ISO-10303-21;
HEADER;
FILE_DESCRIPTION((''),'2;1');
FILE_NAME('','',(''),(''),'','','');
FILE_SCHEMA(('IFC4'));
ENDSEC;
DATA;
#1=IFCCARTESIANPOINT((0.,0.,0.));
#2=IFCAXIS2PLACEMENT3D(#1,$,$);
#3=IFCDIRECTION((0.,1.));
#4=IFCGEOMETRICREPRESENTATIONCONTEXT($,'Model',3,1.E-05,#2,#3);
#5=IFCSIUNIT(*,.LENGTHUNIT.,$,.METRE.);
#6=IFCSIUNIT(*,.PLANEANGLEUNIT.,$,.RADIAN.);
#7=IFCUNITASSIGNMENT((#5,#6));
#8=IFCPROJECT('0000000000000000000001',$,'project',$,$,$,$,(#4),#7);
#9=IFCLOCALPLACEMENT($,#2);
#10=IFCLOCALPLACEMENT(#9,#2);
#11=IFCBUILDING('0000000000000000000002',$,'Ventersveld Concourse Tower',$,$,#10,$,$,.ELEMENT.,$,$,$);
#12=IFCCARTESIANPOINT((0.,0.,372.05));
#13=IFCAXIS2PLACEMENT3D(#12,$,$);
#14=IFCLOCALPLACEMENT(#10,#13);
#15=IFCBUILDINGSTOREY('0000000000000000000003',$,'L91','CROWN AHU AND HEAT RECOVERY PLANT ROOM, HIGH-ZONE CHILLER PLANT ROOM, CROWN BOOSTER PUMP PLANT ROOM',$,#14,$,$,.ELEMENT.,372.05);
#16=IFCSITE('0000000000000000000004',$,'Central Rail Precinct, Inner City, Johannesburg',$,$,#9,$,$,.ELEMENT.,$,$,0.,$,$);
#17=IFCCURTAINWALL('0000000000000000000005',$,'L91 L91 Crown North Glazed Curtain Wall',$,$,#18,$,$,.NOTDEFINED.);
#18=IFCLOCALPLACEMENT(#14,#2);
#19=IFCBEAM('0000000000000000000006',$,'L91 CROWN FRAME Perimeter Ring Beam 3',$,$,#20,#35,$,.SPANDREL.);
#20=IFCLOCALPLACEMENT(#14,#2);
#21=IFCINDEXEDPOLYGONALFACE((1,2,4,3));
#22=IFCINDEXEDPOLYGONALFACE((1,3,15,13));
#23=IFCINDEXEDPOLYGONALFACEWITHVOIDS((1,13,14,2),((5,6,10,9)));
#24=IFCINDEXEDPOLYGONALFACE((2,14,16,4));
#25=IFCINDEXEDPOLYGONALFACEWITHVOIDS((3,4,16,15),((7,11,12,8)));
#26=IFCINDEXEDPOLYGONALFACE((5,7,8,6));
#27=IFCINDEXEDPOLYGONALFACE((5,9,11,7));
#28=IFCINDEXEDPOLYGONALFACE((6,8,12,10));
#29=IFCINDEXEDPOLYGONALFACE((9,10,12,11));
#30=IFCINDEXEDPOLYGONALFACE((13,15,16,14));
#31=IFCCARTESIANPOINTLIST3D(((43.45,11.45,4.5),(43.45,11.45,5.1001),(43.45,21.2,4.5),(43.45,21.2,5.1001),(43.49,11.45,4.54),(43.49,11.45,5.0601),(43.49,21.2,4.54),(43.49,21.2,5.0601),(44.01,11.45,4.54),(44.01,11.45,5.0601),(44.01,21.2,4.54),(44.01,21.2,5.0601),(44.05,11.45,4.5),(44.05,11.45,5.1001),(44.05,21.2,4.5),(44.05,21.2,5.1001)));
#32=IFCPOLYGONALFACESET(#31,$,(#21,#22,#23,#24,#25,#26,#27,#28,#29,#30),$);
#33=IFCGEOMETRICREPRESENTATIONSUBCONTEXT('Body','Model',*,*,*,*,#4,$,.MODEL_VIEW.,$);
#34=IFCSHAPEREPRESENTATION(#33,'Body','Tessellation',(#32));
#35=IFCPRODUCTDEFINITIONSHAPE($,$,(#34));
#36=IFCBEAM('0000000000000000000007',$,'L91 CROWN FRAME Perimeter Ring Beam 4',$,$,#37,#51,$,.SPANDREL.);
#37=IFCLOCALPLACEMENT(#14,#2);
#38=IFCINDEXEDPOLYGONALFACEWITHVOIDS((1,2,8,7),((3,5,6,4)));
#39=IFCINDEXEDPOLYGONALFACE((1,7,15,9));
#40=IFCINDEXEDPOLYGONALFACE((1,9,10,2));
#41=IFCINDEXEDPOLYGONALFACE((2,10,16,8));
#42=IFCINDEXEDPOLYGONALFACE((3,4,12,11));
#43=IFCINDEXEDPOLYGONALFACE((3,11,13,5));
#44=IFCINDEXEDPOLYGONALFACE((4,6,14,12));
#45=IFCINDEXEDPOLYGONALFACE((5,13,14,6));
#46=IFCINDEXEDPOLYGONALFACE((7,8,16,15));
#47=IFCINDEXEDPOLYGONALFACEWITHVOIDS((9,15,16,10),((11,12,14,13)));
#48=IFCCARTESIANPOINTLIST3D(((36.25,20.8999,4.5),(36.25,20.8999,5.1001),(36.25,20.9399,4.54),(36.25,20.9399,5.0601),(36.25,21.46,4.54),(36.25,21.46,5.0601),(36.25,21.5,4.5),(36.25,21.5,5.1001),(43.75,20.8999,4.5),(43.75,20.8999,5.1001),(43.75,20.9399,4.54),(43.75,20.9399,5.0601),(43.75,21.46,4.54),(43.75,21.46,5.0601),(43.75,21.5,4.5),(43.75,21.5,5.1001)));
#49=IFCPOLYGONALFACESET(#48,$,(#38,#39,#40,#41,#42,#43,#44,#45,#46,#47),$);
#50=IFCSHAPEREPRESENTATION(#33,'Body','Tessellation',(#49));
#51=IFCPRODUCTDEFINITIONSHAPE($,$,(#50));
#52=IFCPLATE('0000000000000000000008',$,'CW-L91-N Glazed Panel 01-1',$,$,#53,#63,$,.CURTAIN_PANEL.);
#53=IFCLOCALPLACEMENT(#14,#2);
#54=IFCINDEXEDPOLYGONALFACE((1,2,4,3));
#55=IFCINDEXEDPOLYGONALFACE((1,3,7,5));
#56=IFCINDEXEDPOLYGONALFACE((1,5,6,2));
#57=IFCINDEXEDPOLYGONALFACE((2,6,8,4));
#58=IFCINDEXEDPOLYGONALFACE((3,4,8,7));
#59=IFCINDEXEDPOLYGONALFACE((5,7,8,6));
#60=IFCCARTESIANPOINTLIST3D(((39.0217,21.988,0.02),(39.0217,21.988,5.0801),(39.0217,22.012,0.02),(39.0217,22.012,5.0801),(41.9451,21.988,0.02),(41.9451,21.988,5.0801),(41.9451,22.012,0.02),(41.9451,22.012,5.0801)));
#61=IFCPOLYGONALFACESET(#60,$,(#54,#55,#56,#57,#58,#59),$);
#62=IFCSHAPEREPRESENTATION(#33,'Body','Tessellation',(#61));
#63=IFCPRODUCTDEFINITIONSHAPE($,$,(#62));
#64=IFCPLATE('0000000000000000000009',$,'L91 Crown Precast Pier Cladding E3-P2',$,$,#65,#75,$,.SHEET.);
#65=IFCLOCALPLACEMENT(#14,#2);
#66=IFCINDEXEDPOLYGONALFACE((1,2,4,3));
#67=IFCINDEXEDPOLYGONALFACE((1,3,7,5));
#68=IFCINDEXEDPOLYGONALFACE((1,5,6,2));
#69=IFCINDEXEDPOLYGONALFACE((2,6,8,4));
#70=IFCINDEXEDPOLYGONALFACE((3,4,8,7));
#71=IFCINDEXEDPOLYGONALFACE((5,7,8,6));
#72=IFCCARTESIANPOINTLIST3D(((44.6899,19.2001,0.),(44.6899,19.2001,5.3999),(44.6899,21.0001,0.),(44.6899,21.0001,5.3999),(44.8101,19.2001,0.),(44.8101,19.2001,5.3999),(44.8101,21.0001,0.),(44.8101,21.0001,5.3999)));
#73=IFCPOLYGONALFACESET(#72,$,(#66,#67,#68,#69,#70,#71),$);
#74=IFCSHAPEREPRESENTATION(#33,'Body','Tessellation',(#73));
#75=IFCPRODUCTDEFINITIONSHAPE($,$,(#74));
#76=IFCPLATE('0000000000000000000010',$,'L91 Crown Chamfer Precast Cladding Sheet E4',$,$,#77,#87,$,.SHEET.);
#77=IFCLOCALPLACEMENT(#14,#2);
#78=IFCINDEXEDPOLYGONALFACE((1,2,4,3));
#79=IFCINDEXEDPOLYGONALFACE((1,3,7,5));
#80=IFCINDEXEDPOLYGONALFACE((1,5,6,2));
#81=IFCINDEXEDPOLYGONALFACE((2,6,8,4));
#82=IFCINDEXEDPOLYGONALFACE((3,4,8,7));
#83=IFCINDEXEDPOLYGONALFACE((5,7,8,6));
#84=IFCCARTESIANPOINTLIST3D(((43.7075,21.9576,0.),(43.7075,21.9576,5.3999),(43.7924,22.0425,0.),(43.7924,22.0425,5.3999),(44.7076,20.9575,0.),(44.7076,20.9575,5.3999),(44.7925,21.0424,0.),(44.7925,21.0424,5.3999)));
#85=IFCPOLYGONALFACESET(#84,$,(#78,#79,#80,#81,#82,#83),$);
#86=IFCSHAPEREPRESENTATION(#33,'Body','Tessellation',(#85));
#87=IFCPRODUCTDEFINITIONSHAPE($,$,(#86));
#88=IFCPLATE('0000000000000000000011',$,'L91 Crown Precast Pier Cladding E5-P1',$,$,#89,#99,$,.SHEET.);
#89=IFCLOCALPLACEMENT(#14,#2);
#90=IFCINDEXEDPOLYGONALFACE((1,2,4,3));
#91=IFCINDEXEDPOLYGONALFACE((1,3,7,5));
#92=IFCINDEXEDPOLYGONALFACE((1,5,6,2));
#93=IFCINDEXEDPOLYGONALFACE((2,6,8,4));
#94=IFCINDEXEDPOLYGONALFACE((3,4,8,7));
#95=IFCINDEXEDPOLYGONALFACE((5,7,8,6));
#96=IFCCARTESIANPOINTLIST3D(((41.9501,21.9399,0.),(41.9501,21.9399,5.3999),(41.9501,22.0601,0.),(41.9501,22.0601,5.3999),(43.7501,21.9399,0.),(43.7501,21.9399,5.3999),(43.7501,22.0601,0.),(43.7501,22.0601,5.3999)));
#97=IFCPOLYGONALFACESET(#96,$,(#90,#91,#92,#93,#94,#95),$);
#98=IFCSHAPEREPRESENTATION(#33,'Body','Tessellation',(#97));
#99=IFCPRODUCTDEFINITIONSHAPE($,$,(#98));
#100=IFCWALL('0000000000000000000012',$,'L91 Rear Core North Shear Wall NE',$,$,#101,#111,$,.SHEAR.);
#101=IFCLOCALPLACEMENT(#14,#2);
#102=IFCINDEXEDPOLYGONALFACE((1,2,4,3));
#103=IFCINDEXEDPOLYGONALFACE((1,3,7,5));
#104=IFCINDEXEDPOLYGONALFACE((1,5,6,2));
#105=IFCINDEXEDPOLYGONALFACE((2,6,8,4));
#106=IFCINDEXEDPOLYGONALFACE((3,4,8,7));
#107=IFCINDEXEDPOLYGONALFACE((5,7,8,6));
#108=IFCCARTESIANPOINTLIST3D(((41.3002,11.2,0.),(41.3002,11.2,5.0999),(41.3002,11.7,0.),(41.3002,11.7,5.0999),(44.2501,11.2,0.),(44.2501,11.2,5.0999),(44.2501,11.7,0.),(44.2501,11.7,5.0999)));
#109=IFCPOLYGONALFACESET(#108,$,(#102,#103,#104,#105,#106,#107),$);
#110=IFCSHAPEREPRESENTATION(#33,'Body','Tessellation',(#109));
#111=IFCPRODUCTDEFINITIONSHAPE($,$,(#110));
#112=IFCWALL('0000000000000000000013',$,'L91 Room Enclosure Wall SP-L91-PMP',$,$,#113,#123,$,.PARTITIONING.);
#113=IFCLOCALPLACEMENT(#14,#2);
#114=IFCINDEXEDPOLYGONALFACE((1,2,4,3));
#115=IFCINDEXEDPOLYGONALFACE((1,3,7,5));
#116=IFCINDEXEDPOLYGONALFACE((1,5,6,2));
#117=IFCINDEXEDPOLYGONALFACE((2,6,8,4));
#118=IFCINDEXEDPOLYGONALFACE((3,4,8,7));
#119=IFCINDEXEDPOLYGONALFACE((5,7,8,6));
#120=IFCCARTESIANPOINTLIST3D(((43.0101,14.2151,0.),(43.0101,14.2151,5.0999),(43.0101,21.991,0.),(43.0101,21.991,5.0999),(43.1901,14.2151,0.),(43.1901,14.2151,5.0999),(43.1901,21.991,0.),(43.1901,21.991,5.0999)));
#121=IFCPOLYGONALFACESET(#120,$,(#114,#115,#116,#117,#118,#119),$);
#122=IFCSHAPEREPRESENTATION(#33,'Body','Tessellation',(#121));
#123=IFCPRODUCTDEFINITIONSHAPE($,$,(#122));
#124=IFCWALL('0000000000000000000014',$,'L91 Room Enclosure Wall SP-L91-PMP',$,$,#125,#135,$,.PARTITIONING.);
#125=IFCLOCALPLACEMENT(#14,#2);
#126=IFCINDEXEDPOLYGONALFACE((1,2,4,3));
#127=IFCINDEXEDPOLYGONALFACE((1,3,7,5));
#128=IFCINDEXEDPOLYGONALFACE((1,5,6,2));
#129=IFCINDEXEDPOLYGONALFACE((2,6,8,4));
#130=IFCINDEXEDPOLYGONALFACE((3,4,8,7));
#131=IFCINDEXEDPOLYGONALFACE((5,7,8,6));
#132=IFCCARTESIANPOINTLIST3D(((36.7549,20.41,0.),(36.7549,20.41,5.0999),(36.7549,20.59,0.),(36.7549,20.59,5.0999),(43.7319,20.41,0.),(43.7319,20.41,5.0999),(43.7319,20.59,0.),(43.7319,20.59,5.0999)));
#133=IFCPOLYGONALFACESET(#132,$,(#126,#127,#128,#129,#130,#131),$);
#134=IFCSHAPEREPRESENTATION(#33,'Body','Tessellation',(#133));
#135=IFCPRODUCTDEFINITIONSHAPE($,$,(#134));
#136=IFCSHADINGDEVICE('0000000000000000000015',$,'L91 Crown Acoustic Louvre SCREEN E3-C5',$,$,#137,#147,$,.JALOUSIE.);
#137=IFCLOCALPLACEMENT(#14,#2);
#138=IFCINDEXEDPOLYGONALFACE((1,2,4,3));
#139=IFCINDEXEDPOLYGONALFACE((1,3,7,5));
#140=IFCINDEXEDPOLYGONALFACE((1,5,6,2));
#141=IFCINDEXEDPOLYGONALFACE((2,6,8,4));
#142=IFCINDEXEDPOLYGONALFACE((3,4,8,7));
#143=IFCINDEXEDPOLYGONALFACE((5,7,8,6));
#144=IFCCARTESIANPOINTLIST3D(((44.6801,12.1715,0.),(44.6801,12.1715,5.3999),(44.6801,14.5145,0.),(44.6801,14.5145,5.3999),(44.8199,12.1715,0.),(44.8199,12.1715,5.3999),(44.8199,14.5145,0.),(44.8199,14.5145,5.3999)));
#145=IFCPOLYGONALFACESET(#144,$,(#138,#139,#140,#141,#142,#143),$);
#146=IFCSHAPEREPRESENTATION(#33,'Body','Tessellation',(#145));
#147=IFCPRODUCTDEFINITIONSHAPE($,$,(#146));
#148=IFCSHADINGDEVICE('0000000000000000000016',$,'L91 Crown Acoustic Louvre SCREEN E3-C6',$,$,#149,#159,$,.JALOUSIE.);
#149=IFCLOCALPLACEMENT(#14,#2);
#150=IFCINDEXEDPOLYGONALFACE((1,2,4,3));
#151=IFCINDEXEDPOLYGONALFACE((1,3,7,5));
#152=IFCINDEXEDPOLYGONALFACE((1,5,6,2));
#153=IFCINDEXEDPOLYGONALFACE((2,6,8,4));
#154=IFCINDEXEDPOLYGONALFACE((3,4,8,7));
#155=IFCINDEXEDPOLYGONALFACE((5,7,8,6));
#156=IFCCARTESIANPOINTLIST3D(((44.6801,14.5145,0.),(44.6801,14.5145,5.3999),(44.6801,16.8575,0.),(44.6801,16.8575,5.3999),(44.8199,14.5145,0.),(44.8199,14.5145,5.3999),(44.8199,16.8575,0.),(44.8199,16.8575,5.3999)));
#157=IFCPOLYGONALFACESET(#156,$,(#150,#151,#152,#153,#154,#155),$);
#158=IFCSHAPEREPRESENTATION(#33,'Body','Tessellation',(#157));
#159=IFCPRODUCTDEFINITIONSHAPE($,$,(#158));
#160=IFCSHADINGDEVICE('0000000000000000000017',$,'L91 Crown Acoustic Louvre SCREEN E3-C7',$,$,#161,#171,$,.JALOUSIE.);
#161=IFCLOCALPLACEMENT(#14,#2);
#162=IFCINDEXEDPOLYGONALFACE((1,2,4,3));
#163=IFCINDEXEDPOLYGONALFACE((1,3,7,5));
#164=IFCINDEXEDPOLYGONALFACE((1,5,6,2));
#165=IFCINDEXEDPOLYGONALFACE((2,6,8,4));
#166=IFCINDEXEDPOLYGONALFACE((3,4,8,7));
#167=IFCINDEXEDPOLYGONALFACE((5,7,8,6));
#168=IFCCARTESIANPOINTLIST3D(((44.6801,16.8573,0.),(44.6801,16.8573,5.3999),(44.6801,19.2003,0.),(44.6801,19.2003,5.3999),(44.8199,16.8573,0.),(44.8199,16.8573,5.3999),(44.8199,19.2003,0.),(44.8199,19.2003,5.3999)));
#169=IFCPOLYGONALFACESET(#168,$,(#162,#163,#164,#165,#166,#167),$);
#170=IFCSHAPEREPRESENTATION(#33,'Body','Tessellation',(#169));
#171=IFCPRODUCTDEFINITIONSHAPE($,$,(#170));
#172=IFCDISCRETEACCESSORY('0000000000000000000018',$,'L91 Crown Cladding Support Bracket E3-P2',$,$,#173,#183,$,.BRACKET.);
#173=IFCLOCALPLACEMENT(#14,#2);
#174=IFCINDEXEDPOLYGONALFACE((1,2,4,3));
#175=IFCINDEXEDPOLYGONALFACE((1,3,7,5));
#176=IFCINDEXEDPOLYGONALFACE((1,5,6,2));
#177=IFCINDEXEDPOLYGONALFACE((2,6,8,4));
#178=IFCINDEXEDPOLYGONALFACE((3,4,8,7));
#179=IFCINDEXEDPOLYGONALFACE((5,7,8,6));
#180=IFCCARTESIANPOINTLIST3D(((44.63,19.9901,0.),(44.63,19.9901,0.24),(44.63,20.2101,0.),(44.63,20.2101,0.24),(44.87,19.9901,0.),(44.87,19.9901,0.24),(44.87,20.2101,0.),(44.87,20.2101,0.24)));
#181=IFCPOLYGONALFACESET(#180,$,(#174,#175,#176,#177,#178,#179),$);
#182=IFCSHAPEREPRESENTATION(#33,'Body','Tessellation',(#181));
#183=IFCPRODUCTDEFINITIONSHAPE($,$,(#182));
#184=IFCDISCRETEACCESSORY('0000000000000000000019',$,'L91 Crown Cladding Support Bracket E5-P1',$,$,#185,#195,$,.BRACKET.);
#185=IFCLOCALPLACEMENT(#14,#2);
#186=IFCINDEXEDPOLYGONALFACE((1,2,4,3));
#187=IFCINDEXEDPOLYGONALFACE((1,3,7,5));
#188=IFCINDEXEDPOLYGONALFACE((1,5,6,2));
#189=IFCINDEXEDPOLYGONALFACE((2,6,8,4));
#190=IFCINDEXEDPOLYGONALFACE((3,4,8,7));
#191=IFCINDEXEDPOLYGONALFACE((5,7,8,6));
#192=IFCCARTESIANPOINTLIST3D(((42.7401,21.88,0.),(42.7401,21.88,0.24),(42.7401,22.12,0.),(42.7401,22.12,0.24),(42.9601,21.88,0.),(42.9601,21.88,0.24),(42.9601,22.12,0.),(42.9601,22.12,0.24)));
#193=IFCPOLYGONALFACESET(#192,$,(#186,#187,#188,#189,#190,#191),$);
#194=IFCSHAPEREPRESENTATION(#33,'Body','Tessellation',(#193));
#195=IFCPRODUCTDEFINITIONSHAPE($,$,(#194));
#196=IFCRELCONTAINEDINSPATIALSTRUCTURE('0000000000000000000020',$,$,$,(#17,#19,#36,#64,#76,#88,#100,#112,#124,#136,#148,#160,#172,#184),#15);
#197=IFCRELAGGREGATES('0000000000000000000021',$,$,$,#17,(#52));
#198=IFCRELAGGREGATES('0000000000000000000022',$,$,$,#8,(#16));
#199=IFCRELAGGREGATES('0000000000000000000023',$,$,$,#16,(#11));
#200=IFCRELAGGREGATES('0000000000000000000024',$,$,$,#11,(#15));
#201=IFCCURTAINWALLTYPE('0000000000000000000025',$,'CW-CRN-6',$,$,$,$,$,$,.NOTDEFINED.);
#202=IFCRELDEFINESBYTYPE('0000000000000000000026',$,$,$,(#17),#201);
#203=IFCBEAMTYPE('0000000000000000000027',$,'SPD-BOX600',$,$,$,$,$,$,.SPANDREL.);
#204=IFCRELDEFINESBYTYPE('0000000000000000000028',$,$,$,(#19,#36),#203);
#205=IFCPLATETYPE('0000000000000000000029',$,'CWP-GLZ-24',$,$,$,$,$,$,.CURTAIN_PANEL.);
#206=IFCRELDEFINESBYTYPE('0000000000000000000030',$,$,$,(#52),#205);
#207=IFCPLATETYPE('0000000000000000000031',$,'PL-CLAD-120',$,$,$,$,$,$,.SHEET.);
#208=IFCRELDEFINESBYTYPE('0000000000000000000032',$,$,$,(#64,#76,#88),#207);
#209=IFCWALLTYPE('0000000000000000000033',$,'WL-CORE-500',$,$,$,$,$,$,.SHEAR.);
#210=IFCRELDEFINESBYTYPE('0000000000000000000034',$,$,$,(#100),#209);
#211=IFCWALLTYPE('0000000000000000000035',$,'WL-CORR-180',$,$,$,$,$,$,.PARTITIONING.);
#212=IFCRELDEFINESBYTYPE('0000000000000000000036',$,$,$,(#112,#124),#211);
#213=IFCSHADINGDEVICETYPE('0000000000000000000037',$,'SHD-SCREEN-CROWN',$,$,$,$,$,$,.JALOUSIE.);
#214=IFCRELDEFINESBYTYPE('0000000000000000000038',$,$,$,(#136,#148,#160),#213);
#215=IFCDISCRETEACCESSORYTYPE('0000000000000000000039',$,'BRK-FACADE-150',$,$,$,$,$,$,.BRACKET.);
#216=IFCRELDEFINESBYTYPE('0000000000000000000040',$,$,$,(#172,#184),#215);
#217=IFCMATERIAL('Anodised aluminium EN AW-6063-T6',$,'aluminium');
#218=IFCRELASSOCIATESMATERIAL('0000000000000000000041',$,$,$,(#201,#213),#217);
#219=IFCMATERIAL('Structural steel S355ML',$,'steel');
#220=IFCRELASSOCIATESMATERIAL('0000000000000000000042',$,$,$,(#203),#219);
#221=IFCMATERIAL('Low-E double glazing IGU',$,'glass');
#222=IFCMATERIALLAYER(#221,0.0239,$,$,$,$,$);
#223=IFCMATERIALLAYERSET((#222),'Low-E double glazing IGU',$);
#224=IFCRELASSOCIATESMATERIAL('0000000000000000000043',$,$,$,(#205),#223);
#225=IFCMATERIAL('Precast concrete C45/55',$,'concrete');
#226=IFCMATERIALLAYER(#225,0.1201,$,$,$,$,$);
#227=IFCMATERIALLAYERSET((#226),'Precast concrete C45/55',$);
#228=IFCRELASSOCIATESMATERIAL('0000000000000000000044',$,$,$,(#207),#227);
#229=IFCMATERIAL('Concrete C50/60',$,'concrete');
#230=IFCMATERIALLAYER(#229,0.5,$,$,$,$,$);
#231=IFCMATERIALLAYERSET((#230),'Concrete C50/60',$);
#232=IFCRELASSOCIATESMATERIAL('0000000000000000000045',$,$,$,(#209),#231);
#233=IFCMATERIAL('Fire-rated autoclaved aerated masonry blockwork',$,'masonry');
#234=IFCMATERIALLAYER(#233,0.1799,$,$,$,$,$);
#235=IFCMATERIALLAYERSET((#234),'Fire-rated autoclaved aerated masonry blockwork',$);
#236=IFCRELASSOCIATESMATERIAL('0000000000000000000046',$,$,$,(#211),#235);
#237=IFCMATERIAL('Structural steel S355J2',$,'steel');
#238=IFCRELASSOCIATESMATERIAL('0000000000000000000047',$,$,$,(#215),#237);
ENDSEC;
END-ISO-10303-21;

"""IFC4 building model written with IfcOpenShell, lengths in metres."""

from ifc_helpers import new_model, si_unit, direction, frame, frame_2d, origin, origin_2d, place, context, subcontext, project, spatial, rectangle, hollow_rectangle, extrude, material, layer, layer_set, material_profile, profile_set, type_object, element, aggregate, save


model = new_model("IFC4")

# Units and contexts
model_context = context("Model", 3, precision=1e-05, world=origin(), true_north=direction((0.0, 1.0)))
body_context = subcontext(model_context, "Body", "Model", "MODEL_VIEW")
ifc_project = project(units=[si_unit("LENGTHUNIT", "METRE"), si_unit("PLANEANGLEUNIT", "RADIAN")], contexts=[model_context])

# Site, building, storey
site_placement = place(None, origin())
site = spatial("IfcSite", under=ifc_project, at=site_placement, Name="Central Rail Precinct, Inner City, Johannesburg", CompositionType="ELEMENT", RefElevation=0.0)
building_placement = place(site_placement, origin())
building = spatial("IfcBuilding", under=site, at=building_placement, Name="Ventersveld Concourse Tower", CompositionType="ELEMENT")
storey_placement = place(building_placement, frame((0.0, 0.0, 372.05)))
storey = spatial("IfcBuildingStorey", under=building, at=storey_placement, Name="L91", Description="CROWN AHU AND HEAT RECOVERY PLANT ROOM, HIGH-ZONE CHILLER PLANT ROOM, CROWN BOOSTER PUMP PLANT ROOM", CompositionType="ELEMENT", Elevation=372.05)

# Shared definitions
ifc_material_1 = material(Name="Structural steel S355ML", Category="steel")

# Curtain wall
ifc_material_2 = material(Name="Anodised aluminium EN AW-6063-T6", Category="aluminium")
curtain_wall_type = type_object("IfcCurtainWallType", Name="CW-CRN-6", PredefinedType="NOTDEFINED", material=ifc_material_2)
curtain_wall_placement = place(storey_placement, origin())
curtain_wall = element("IfcCurtainWall", 1, at=curtain_wall_placement, inside=storey, type_object=curtain_wall_type, Name="L91 L91 Crown North Glazed Curtain Wall", PredefinedType="NOTDEFINED")

# Beams
ifc_material_profile_1 = material_profile(ifc_material_1, hollow_rectangle(XDim=0.6001, YDim=0.6001, WallThickness=0.04, at=origin_2d()), Name="BOX 600x600x40")
ifc_profile_set_1 = profile_set([ifc_material_profile_1], Name="Structural steel S355ML")
beam_type = type_object("IfcBeamType", Name="SPD-BOX600", PredefinedType="SPANDREL", material=ifc_profile_set_1)
beam_1_placement = place(storey_placement, frame((43.75, 11.45, 4.8), z_axis=(0.0, 1.0, 0.0), x_axis=(-1.0, 0.0, 0.0)))
element("IfcBeam", 2, at=beam_1_placement, inside=storey, type_object=beam_type, Name="L91 CROWN FRAME Perimeter Ring Beam 3", PredefinedType="SPANDREL", context=body_context, shape_type="SweptSolid", body=[
    extrude(hollow_rectangle(XDim=0.6001, YDim=0.6001, WallThickness=0.04, at=origin_2d()), origin(), (0.0, 0.0, 1.0), 9.75),
])
beam_2_placement = place(storey_placement, frame((43.75, 21.2, 4.8), z_axis=(-1.0, 0.0, 0.0), x_axis=(0.0, -1.0, 0.0)))
element("IfcBeam", 3, at=beam_2_placement, inside=storey, type_object=beam_type, Name="L91 CROWN FRAME Perimeter Ring Beam 4", PredefinedType="SPANDREL", context=body_context, shape_type="SweptSolid", body=[
    extrude(hollow_rectangle(XDim=0.6001, YDim=0.6001, WallThickness=0.04, at=origin_2d()), origin(), (0.0, 0.0, 1.0), 7.5),
])

# Plate
ifc_material_3 = material(Name="Low-E double glazing IGU", Category="glass")
ifc_layer_1 = layer(ifc_material_3, 0.0239)
ifc_layer_set_1 = layer_set([ifc_layer_1], Name="Low-E double glazing IGU")
plate_type_1 = type_object("IfcPlateType", Name="CWP-GLZ-24", PredefinedType="CURTAIN_PANEL", material=ifc_layer_set_1)
plate_1_placement = place(storey_placement, frame((40.4834, 22.0, 0.02), z_axis=(0.0, 0.0, 1.0), x_axis=(-1.0, 0.0, 0.0)))
plate_1 = element("IfcPlate", 4, at=plate_1_placement, type_object=plate_type_1, Name="CW-L91-N Glazed Panel 01-1", PredefinedType="CURTAIN_PANEL", context=body_context, shape_type="SweptSolid", body=[
    extrude(rectangle(XDim=2.9233, YDim=0.0239, at=origin_2d()), origin(), (0.0, 0.0, 1.0), 5.0601),
])
aggregate(curtain_wall, [plate_1])

# Plates
ifc_material_4 = material(Name="Precast concrete C45/55", Category="concrete")
ifc_layer_2 = layer(ifc_material_4, 0.1201)
ifc_layer_set_2 = layer_set([ifc_layer_2], Name="Precast concrete C45/55")
plate_type_2 = type_object("IfcPlateType", Name="PL-CLAD-120", PredefinedType="SHEET", material=ifc_layer_set_2)
plate_2_placement = place(storey_placement, frame((44.75, 20.1001, 0.0), z_axis=(0.0, 0.0, 1.0), x_axis=(0.0, 1.0, 0.0)))
element("IfcPlate", 5, at=plate_2_placement, inside=storey, type_object=plate_type_2, Name="L91 Crown Precast Pier Cladding E3-P2", PredefinedType="SHEET", context=body_context, shape_type="SweptSolid", body=[
    extrude(rectangle(XDim=1.8, YDim=0.1201, at=origin_2d()), origin(), (0.0, 0.0, 1.0), 5.3999),
])
plate_3_placement = place(storey_placement, frame((44.25, 21.5, 0.0), z_axis=(0.0, 0.0, 1.0), x_axis=(-0.707107, 0.707107, 0.0)))
element("IfcPlate", 6, at=plate_3_placement, inside=storey, type_object=plate_type_2, Name="L91 Crown Chamfer Precast Cladding Sheet E4", PredefinedType="SHEET", context=body_context, shape_type="SweptSolid", body=[
    extrude(rectangle(XDim=1.4143, YDim=0.1201, at=origin_2d()), origin(), (0.0, 0.0, 1.0), 5.3999),
])
plate_4_placement = place(storey_placement, frame((42.8501, 22.0, 0.0), z_axis=(0.0, 0.0, 1.0), x_axis=(-1.0, 0.0, 0.0)))
element("IfcPlate", 7, at=plate_4_placement, inside=storey, type_object=plate_type_2, Name="L91 Crown Precast Pier Cladding E5-P1", PredefinedType="SHEET", context=body_context, shape_type="SweptSolid", body=[
    extrude(rectangle(XDim=1.8, YDim=0.1201, at=origin_2d()), origin(), (0.0, 0.0, 1.0), 5.3999),
])

# Walls
ifc_material_5 = material(Name="Concrete C50/60", Category="concrete")
ifc_layer_3 = layer(ifc_material_5, 0.5)
ifc_layer_set_3 = layer_set([ifc_layer_3], Name="Concrete C50/60")
wall_type_1 = type_object("IfcWallType", Name="WL-CORE-500", PredefinedType="SHEAR", material=ifc_layer_set_3)
wall_1_placement = place(storey_placement, frame((41.3, 11.45, 0.0), z_axis=(0.0, 0.0, 1.0), x_axis=(1.0, 0.0, 0.0)))
element("IfcWall", 8, at=wall_1_placement, inside=storey, type_object=wall_type_1, Name="L91 Rear Core North Shear Wall NE", PredefinedType="SHEAR", context=body_context, shape_type="SweptSolid", body=[
    extrude(rectangle(XDim=2.95, YDim=0.5, at=frame_2d((1.4751, 0.0))), origin(), (0.0, 0.0, 1.0), 5.0999),
])
ifc_material_6 = material(Name="Fire-rated autoclaved aerated masonry blockwork", Category="masonry")
ifc_layer_4 = layer(ifc_material_6, 0.1799)
ifc_layer_set_4 = layer_set([ifc_layer_4], Name="Fire-rated autoclaved aerated masonry blockwork")
wall_type_2 = type_object("IfcWallType", Name="WL-CORR-180", PredefinedType="PARTITIONING", material=ifc_layer_set_4)
wall_2_placement = place(storey_placement, frame((43.1001, 14.2151, 0.0), z_axis=(0.0, 0.0, 1.0), x_axis=(0.0, 1.0, 0.0)))
element("IfcWall", 9, at=wall_2_placement, inside=storey, type_object=wall_type_2, Name="L91 Room Enclosure Wall SP-L91-PMP", PredefinedType="PARTITIONING", context=body_context, shape_type="SweptSolid", body=[
    extrude(rectangle(XDim=7.7759, YDim=0.1799, at=frame_2d((3.8879, 0.0))), origin(), (0.0, 0.0, 1.0), 5.0999),
])
wall_3_placement = place(storey_placement, frame((43.7319, 20.5, 0.0), z_axis=(0.0, 0.0, 1.0), x_axis=(-1.0, 0.0, 0.0)))
element("IfcWall", 10, at=wall_3_placement, inside=storey, type_object=wall_type_2, Name="L91 Room Enclosure Wall SP-L91-PMP", PredefinedType="PARTITIONING", context=body_context, shape_type="SweptSolid", body=[
    extrude(rectangle(XDim=6.9771, YDim=0.1799, at=frame_2d((3.4885, 0.0))), origin(), (0.0, 0.0, 1.0), 5.0999),
])

# Shading devices
shading_device_type = type_object("IfcShadingDeviceType", Name="SHD-SCREEN-CROWN", PredefinedType="JALOUSIE", material=ifc_material_2)
for number, where, z_axis, x_axis, name in (
    (11, (44.75, 13.343, 0.0), (0.0, 0.0, 1.0), (0.0, 1.0, 0.0), "L91 Crown Acoustic Louvre SCREEN E3-C5"),
    (12, (44.75, 15.686, 0.0), (0.0, 0.0, 1.0), (0.0, 1.0, 0.0), "L91 Crown Acoustic Louvre SCREEN E3-C6"),
    (13, (44.75, 18.0288, 0.0), (0.0, 0.0, 1.0), (0.0, 1.0, 0.0), "L91 Crown Acoustic Louvre SCREEN E3-C7"),
):
    element("IfcShadingDevice", number, at=place(storey_placement, frame(where, z_axis=z_axis, x_axis=x_axis)), inside=storey, type_object=shading_device_type, Name=name, PredefinedType="JALOUSIE", context=body_context, shape_type="SweptSolid", body=[
        extrude(rectangle(XDim=2.343, YDim=0.1399, at=origin_2d()), origin(), (0.0, 0.0, 1.0), 5.3999),
    ])

# Discrete accessories
ifc_material_7 = material(Name="Structural steel S355J2", Category="steel")
discrete_accessory_type_1 = type_object("IfcDiscreteAccessoryType", Name="BRK-FACADE-150", PredefinedType="BRACKET", material=ifc_material_7)
for number, where, z_axis, x_axis, name in (
    (14, (44.75, 20.1001, 0.0), (0.0, 0.0, 1.0), (0.0, 1.0, 0.0), "L91 Crown Cladding Support Bracket E3-P2"),
    (15, (42.8501, 22.0, 0.0), (0.0, 0.0, 1.0), (-1.0, 0.0, 0.0), "L91 Crown Cladding Support Bracket E5-P1"),
):
    element("IfcDiscreteAccessory", number, at=place(storey_placement, frame(where, z_axis=z_axis, x_axis=x_axis)), inside=storey, type_object=discrete_accessory_type_1, Name=name, PredefinedType="BRACKET", context=body_context, shape_type="SweptSolid", body=[
        extrude(rectangle(XDim=0.22, YDim=0.24, at=origin_2d()), origin(), (0.0, 0.0, 1.0), 0.24),
    ])

save(model, "model.ifc")
